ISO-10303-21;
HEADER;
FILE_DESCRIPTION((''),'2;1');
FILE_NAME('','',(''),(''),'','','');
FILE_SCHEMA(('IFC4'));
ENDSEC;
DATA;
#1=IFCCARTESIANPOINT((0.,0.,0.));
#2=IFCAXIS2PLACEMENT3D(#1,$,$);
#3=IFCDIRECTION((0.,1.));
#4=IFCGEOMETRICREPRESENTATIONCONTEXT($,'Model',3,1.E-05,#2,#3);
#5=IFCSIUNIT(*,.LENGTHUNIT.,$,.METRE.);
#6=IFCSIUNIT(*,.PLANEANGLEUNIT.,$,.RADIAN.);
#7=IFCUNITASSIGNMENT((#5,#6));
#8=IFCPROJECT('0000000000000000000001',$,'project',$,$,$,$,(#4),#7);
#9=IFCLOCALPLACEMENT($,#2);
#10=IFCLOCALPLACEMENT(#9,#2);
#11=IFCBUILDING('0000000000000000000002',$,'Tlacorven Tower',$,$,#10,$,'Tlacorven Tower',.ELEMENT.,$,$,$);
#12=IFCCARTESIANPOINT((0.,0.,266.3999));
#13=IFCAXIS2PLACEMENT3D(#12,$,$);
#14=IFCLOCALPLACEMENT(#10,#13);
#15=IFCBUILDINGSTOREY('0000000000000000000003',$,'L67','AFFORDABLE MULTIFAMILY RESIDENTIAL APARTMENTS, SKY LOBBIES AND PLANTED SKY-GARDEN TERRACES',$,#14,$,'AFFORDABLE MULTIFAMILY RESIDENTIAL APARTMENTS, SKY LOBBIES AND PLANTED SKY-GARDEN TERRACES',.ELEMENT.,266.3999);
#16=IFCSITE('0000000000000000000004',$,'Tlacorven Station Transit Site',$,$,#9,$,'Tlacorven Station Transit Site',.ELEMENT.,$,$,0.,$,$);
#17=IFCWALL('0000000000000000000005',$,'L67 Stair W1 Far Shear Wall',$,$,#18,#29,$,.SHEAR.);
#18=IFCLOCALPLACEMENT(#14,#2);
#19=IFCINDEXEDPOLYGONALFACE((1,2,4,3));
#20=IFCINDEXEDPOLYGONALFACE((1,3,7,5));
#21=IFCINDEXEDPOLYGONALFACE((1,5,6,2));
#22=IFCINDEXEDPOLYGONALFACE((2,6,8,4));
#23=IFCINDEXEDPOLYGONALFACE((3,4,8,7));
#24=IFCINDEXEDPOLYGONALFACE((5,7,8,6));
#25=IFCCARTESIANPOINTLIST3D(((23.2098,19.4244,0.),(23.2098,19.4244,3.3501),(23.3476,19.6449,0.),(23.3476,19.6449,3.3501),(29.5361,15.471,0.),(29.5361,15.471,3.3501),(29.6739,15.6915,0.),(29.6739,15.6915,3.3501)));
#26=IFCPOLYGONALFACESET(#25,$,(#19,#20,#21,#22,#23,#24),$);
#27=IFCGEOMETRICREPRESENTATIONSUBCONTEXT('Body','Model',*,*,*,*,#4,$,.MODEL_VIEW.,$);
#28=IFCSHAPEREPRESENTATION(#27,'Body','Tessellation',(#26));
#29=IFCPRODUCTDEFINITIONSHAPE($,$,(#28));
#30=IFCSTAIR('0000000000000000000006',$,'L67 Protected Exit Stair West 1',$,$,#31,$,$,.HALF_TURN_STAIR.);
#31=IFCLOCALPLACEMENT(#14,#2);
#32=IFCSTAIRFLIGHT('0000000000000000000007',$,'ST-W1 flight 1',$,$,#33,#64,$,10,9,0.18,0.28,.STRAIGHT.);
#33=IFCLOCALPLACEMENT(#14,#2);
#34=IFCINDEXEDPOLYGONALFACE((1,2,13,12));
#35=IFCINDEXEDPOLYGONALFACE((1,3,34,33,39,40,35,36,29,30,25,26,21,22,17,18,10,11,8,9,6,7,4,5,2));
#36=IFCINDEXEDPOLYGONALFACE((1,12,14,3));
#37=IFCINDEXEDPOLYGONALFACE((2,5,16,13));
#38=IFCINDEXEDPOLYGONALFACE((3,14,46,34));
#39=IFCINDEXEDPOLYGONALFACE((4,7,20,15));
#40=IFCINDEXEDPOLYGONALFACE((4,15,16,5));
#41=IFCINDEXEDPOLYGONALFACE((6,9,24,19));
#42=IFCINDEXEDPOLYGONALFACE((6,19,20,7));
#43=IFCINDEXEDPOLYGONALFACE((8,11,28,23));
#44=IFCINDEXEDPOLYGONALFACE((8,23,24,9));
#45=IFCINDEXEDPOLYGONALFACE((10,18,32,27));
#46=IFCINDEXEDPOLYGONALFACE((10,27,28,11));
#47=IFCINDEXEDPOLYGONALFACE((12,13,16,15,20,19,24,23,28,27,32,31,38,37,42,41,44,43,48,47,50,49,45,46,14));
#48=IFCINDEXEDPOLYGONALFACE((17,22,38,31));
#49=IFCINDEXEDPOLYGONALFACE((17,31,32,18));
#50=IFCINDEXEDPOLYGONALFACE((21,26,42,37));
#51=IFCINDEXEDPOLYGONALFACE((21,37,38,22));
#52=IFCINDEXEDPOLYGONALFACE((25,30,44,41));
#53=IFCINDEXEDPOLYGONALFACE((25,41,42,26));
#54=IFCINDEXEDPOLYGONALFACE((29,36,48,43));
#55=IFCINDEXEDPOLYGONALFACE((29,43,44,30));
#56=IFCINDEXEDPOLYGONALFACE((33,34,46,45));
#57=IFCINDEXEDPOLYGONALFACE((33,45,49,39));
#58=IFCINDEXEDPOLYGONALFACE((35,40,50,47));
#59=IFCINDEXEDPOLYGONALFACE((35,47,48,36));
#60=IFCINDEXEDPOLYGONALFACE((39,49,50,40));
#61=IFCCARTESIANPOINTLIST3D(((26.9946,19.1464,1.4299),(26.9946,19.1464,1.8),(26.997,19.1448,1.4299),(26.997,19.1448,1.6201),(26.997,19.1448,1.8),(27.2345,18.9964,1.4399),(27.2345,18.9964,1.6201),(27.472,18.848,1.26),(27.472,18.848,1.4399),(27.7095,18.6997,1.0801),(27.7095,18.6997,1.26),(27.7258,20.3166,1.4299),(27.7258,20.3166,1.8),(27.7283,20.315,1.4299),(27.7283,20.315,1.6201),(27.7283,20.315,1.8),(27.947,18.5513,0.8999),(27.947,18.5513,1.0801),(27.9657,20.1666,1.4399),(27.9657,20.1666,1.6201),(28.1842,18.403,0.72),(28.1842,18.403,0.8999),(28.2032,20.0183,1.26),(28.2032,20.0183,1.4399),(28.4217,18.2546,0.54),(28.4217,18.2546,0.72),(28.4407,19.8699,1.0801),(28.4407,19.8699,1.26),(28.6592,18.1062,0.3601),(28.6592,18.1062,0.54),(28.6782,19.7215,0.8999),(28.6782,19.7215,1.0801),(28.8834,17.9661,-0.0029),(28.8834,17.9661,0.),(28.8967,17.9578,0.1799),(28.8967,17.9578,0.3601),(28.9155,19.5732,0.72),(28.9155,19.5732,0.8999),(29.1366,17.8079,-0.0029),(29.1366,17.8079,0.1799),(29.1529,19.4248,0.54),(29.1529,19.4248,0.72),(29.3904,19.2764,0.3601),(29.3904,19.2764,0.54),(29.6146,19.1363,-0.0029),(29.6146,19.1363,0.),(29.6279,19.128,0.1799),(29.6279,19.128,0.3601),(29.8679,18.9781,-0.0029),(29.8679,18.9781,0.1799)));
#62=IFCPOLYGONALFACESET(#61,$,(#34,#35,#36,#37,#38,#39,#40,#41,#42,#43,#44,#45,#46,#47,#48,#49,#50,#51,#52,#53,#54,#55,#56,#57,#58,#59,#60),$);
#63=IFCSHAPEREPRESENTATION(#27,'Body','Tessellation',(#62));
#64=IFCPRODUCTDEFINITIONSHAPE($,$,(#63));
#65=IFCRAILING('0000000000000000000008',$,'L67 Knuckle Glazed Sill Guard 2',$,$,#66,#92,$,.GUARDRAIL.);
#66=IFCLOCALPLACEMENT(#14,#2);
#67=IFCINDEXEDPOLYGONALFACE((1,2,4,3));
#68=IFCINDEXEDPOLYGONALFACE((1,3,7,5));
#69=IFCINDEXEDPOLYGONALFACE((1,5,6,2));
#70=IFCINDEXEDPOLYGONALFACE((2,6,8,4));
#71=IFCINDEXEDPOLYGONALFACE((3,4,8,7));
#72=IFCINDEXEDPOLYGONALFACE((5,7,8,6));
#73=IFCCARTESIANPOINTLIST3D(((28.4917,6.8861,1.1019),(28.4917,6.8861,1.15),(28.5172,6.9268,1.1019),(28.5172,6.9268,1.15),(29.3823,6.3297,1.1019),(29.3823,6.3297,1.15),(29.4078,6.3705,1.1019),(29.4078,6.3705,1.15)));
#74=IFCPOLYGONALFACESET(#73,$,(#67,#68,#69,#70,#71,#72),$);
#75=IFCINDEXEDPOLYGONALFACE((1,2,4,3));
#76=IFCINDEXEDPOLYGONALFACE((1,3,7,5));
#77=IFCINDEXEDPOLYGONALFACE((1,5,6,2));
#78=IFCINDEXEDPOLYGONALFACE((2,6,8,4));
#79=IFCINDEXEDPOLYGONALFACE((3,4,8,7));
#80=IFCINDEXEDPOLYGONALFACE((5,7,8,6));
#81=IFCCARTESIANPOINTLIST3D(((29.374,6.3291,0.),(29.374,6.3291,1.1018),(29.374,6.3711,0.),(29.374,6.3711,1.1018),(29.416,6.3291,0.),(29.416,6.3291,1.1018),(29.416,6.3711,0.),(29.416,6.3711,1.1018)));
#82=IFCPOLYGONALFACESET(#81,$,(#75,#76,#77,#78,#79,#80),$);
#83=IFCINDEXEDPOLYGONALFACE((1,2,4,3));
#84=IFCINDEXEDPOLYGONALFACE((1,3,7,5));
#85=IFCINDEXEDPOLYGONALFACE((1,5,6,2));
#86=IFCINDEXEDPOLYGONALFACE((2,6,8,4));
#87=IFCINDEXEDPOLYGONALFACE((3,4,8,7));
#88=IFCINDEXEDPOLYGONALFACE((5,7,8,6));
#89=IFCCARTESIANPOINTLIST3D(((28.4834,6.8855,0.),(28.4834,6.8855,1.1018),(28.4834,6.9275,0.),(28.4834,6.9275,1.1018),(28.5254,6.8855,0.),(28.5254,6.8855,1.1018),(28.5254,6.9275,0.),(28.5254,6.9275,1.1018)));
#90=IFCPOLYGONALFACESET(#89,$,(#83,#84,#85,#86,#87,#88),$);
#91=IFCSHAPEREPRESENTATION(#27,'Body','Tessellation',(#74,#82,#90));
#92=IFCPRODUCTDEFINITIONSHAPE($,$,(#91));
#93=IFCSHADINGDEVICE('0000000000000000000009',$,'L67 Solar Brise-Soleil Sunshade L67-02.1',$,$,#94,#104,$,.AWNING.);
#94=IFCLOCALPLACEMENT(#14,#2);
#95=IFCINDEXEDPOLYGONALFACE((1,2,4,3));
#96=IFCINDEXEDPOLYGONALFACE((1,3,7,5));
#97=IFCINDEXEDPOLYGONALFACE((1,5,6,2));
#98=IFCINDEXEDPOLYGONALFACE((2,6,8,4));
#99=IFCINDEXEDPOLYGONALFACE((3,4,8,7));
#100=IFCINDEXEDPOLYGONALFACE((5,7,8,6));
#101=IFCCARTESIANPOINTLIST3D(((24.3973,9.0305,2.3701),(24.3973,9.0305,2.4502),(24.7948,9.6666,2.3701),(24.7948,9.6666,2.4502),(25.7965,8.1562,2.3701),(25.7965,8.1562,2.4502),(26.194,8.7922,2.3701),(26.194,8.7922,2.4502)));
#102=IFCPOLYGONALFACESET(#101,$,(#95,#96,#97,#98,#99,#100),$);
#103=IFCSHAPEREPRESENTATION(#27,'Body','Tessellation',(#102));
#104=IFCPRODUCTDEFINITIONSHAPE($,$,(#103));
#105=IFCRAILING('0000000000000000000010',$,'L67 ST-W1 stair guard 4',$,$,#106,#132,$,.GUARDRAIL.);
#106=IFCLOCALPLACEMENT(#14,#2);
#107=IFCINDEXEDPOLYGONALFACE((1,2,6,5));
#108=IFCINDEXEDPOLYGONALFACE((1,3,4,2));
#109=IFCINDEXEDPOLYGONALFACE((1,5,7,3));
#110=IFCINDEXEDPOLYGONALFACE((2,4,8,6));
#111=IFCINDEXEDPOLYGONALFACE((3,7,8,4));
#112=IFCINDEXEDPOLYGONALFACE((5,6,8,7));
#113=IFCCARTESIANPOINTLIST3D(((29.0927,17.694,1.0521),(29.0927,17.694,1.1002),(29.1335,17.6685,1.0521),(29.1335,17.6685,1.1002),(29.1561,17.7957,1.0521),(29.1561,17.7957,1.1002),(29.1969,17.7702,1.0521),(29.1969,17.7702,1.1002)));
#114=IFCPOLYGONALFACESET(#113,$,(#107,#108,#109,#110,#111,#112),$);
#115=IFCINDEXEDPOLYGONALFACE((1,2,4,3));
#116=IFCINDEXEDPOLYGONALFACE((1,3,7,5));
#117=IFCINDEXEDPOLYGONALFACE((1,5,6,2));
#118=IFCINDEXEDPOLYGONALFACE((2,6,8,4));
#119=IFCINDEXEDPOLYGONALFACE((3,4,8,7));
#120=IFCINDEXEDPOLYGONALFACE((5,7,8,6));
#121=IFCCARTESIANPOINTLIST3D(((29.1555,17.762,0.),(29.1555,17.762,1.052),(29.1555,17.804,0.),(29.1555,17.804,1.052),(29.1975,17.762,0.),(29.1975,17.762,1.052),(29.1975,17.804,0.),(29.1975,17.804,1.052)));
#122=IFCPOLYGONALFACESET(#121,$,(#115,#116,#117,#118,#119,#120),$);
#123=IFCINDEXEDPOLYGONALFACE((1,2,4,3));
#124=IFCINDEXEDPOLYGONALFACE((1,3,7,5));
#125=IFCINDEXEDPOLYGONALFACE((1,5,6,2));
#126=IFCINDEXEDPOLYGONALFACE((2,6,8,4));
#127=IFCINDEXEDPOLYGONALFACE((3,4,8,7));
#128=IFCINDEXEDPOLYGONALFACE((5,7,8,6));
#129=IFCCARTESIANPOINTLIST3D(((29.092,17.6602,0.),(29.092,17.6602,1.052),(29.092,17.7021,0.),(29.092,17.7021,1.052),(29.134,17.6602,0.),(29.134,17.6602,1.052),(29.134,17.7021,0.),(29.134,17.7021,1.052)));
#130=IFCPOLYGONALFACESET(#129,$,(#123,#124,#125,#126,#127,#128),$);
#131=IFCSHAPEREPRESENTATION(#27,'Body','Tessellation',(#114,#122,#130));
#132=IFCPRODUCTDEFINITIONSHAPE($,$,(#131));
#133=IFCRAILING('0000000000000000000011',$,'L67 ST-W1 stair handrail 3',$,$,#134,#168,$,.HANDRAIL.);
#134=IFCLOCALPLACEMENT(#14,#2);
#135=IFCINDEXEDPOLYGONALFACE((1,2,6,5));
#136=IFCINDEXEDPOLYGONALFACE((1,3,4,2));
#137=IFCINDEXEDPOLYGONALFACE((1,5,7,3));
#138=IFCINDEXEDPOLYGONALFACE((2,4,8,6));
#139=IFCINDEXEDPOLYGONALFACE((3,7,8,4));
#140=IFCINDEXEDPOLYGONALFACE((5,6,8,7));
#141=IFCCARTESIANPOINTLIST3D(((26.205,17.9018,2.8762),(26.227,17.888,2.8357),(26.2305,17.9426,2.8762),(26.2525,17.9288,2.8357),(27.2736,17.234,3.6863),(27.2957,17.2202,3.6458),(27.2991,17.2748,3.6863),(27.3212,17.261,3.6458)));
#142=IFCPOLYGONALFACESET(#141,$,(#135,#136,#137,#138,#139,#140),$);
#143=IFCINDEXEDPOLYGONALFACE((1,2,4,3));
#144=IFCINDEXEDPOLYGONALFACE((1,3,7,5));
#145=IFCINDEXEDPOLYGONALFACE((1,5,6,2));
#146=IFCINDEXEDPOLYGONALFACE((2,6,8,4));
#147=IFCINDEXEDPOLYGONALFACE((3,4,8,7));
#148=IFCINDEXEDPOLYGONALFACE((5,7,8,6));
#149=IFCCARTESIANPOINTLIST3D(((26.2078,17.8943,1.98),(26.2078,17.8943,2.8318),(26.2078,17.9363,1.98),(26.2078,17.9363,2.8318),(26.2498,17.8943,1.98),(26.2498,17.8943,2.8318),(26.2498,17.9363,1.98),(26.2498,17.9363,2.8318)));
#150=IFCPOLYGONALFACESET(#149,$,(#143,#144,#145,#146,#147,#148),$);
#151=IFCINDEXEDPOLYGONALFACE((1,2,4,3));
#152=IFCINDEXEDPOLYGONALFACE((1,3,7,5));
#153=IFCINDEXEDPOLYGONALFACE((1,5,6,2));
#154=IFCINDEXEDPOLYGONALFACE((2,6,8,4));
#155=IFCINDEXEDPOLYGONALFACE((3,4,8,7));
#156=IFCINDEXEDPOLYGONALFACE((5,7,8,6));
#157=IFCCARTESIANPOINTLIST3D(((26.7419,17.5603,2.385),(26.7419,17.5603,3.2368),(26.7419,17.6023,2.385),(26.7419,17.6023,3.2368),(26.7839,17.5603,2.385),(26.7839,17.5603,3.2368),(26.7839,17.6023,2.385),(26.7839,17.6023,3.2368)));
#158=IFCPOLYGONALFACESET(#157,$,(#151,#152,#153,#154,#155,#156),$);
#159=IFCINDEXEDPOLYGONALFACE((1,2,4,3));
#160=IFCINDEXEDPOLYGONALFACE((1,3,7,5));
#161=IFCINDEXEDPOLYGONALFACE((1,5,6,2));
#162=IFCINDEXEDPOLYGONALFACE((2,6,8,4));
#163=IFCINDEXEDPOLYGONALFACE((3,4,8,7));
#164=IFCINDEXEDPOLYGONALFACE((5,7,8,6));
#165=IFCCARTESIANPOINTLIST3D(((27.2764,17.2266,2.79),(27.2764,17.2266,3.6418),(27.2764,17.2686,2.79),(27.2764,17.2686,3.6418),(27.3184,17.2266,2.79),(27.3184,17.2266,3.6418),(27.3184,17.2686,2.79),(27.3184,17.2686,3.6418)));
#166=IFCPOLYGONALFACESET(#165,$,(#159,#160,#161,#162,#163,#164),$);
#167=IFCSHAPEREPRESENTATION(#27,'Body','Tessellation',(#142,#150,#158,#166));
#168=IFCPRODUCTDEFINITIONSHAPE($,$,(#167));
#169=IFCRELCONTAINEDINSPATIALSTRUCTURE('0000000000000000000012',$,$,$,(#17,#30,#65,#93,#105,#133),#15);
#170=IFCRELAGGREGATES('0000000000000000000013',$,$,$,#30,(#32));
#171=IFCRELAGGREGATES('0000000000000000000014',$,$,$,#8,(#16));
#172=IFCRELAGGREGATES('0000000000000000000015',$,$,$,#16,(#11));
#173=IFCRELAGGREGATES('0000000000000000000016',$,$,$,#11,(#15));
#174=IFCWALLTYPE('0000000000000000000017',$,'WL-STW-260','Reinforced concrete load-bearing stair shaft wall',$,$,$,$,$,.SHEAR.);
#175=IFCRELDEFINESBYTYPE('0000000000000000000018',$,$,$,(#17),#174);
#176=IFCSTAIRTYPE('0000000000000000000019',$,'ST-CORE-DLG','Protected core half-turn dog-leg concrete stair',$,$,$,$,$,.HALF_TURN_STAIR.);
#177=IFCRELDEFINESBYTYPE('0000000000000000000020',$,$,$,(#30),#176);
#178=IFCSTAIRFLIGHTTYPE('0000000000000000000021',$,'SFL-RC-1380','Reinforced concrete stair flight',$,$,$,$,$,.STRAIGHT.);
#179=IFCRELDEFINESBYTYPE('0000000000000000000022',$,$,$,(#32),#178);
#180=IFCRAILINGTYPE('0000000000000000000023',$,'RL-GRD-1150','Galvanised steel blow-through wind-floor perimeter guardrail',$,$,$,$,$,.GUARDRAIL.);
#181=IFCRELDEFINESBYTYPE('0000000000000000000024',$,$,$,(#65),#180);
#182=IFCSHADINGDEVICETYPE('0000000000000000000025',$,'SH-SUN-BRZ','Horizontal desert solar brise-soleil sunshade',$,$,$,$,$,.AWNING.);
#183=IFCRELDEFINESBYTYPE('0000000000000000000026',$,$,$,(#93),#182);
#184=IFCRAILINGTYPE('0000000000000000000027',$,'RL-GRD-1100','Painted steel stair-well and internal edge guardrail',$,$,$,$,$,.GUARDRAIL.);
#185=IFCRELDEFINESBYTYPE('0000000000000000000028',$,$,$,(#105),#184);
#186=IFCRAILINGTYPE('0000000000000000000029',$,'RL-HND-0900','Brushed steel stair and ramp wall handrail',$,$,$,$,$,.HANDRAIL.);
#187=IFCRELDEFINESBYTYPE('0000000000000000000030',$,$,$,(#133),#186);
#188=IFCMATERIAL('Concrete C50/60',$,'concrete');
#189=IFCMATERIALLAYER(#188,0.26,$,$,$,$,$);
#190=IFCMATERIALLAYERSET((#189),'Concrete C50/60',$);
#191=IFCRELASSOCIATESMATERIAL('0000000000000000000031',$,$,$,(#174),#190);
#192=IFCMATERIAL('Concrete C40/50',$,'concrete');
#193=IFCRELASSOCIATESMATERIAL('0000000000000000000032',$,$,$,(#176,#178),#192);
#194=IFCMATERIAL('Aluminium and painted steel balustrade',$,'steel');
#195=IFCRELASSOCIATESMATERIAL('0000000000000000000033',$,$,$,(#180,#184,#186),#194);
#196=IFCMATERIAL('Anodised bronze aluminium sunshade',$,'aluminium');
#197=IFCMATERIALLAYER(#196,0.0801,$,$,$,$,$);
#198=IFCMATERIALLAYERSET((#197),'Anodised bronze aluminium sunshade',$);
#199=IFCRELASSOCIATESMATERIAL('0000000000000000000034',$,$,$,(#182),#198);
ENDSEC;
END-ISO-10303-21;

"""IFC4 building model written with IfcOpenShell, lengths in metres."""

from ifc_helpers import new_model, si_unit, direction, frame, frame_2d, origin, origin_2d, place, context, subcontext, project, spatial, polyline, rectangle, outline, extrude, source, transform, mapped, material, layer, layer_set, type_object, element, aggregate, save


model = new_model("IFC4")

# Units and contexts
model_context = context("Model", 3, precision=1e-05, world=origin(), true_north=direction((0.0, 1.0)))
body_context = subcontext(model_context, "Body", "Model", "MODEL_VIEW")
ifc_project = project(units=[si_unit("LENGTHUNIT", "METRE"), si_unit("PLANEANGLEUNIT", "RADIAN")], contexts=[model_context])

# Site, building, storey
site_placement = place(None, origin())
site = spatial("IfcSite", under=ifc_project, at=site_placement, Name="Tlacorven Station Transit Site", LongName="Tlacorven Station Transit Site", CompositionType="ELEMENT", RefElevation=0.0)
building_placement = place(site_placement, origin())
building = spatial("IfcBuilding", under=site, at=building_placement, Name="Tlacorven Tower", LongName="Tlacorven Tower", CompositionType="ELEMENT")
storey_placement = place(building_placement, frame((0.0, 0.0, 266.3999)))
storey = spatial("IfcBuildingStorey", under=building, at=storey_placement, Name="L67", Description="AFFORDABLE MULTIFAMILY RESIDENTIAL APARTMENTS, SKY LOBBIES AND PLANTED SKY-GARDEN TERRACES", LongName="AFFORDABLE MULTIFAMILY RESIDENTIAL APARTMENTS, SKY LOBBIES AND PLANTED SKY-GARDEN TERRACES", CompositionType="ELEMENT", Elevation=266.3999)

# Wall
ifc_material_1 = material(Name="Concrete C50/60", Category="concrete")
ifc_layer_1 = layer(ifc_material_1, 0.26)
ifc_layer_set_1 = layer_set([ifc_layer_1], Name="Concrete C50/60")
wall_type_1 = type_object("IfcWallType", Name="WL-STW-260", Description="Reinforced concrete load-bearing stair shaft wall", PredefinedType="SHEAR", material=ifc_layer_set_1)
wall_1_placement = place(storey_placement, frame((29.605, 15.5813, 0.0), z_axis=(0.0, 0.0, 1.0), x_axis=(-0.848037, 0.529937, 0.0)))
element("IfcWall", 1, at=wall_1_placement, inside=storey, type_object=wall_type_1, Name="L67 Stair W1 Far Shear Wall", PredefinedType="SHEAR", context=body_context, shape_type="SweptSolid", body=[
    extrude(rectangle(XDim=7.46, YDim=0.26, at=frame_2d((3.73, 0.0))), origin(), (0.0, 0.0, 1.0), 3.3501),
])

# Stair, stair flight
ifc_material_2 = material(Name="Concrete C40/50", Category="concrete")
stair_type = type_object("IfcStairType", Name="ST-CORE-DLG", Description="Protected core half-turn dog-leg concrete stair", PredefinedType="HALF_TURN_STAIR", material=ifc_material_2)
stair_placement = place(storey_placement, origin())
stair = element("IfcStair", 2, at=stair_placement, inside=storey, type_object=stair_type, Name="L67 Protected Exit Stair West 1", PredefinedType="HALF_TURN_STAIR")
stair_flight_type = type_object("IfcStairFlightType", Name="SFL-RC-1380", Description="Reinforced concrete stair flight", PredefinedType="STRAIGHT", material=ifc_material_2)
shared_shape_1 = source(origin(), body_context, "Body", "SweptSolid", [
    extrude(outline(polyline([(-0.0029, -0.0029), (-0.0029, 0.1799), (0.28, 0.1799), (0.28, 0.3601), (0.5601, 0.3601), (0.5601, 0.54), (0.8401, 0.54), (0.8401, 0.72), (1.1201, 0.72), (1.1201, 0.8999), (1.3999, 0.8999), (1.3999, 1.0801), (1.6799, 1.0801), (1.6799, 1.26), (1.96, 1.26), (1.96, 1.4399), (2.24, 1.4399), (2.24, 1.6201), (2.52, 1.6201), (2.52, 1.8), (2.5229, 1.8), (2.5229, 1.4299), (2.52, 1.4299), (0.2957, 0.0), (0.2957, -0.0029), (-0.0029, -0.0029)])), frame((0.0, 0.6899, 0.0), z_axis=(0.0, -1.0, 0.0), x_axis=(1.0, 0.0, 0.0)), (0.0, 0.0, 1.0), 1.3799),
])
stair_flight_placement = place(storey_placement, frame((29.4998, 18.3945, 0.0), z_axis=(0.0, 0.0, 1.0), x_axis=(-0.848048, 0.529919, 0.0)))
stair_flight = element("IfcStairFlight", 3, at=stair_flight_placement, type_object=stair_flight_type, Name="ST-W1 flight 1", NumberOfRisers=10, NumberOfTreads=9, PredefinedType="STRAIGHT", RiserHeight=0.18, TreadLength=0.28, context=body_context, shape_type="MappedRepresentation", body=[
    mapped(shared_shape_1, transform((0.0, 0.0, 0.0), scale=1.0)),
])
aggregate(stair, [stair_flight])

# Railing
ifc_material_3 = material(Name="Aluminium and painted steel balustrade", Category="steel")
railing_type_1 = type_object("IfcRailingType", Name="RL-GRD-1150", Description="Galvanised steel blow-through wind-floor perimeter guardrail", PredefinedType="GUARDRAIL", material=ifc_material_3)
shared_shape_2 = source(origin(), body_context, "Body", "SweptSolid", [
    extrude(rectangle(XDim=0.0481, YDim=0.0481, at=origin_2d()), frame((0.0, 0.0, 1.126), z_axis=(-0.848103, 0.529832, 0.0), x_axis=(-0.529832, -0.848103, 0.0)), (0.0, 0.0, 1.0), 1.05),
    extrude(rectangle(XDim=0.042, YDim=0.042, at=origin_2d()), origin(), (0.0, 0.0, 1.0), 1.1018),
    extrude(rectangle(XDim=0.042, YDim=0.042, at=origin_2d()), frame((-0.8906, 0.5564, 0.0)), (0.0, 0.0, 1.0), 1.1018),
])
railing_1_placement = place(storey_placement, frame((29.395, 6.3501, 0.0)))
element("IfcRailing", 4, at=railing_1_placement, inside=storey, type_object=railing_type_1, Name="L67 Knuckle Glazed Sill Guard 2", PredefinedType="GUARDRAIL", context=body_context, shape_type="MappedRepresentation", body=[
    mapped(shared_shape_2, transform((0.0, 0.0, 0.0), scale=1.0)),
])

# Shading device
ifc_material_4 = material(Name="Anodised bronze aluminium sunshade", Category="aluminium")
ifc_layer_2 = layer(ifc_material_4, 0.0801)
ifc_layer_set_2 = layer_set([ifc_layer_2], Name="Anodised bronze aluminium sunshade")
shading_device_type = type_object("IfcShadingDeviceType", Name="SH-SUN-BRZ", Description="Horizontal desert solar brise-soleil sunshade", PredefinedType="AWNING", material=ifc_layer_set_2)
shared_shape_3 = source(origin(), body_context, "Body", "SweptSolid", [
    extrude(rectangle(XDim=1.6499, YDim=0.75, at=origin_2d()), origin(), (0.0, 0.0, 1.0), 0.0801),
])
shading_device_placement = place(storey_placement, frame((25.2957, 8.9114, 2.3701), z_axis=(0.0, 0.0, 1.0), x_axis=(-0.848048, 0.529919, 0.0)))
element("IfcShadingDevice", 5, at=shading_device_placement, inside=storey, type_object=shading_device_type, Name="L67 Solar Brise-Soleil Sunshade L67-02.1", PredefinedType="AWNING", context=body_context, shape_type="MappedRepresentation", body=[
    mapped(shared_shape_3, transform((0.0, 0.0, 0.0), scale=1.0)),
])

# Railings
railing_type_2 = type_object("IfcRailingType", Name="RL-GRD-1100", Description="Painted steel stair-well and internal edge guardrail", PredefinedType="GUARDRAIL", material=ifc_material_3)
shared_shape_4 = source(origin(), body_context, "Body", "SweptSolid", [
    extrude(rectangle(XDim=0.0481, YDim=0.0481, at=origin_2d()), frame((0.0, 0.0, 1.0762), z_axis=(-0.529084, -0.848569, 0.0), x_axis=(0.848569, -0.529084, 0.0)), (0.0, 0.0, 1.0), 0.1199),
    extrude(rectangle(XDim=0.042, YDim=0.042, at=origin_2d()), origin(), (0.0, 0.0, 1.0), 1.052),
    extrude(rectangle(XDim=0.042, YDim=0.042, at=origin_2d()), frame((-0.0635, -0.1018, 0.0)), (0.0, 0.0, 1.0), 1.052),
])
railing_2_placement = place(storey_placement, frame((29.1765, 17.783, 0.0)))
element("IfcRailing", 6, at=railing_2_placement, inside=storey, type_object=railing_type_2, Name="L67 ST-W1 stair guard 4", PredefinedType="GUARDRAIL", context=body_context, shape_type="MappedRepresentation", body=[
    mapped(shared_shape_4, transform((0.0, 0.0, 0.0), scale=1.0)),
])
railing_type_3 = type_object("IfcRailingType", Name="RL-HND-0900", Description="Brushed steel stair and ramp wall handrail", PredefinedType="HANDRAIL", material=ifc_material_3)
shared_shape_5 = source(origin(), body_context, "Body", "SweptSolid", [
    extrude(rectangle(XDim=0.0481, YDim=0.0481, at=origin_2d()), frame((0.0, 0.0, 0.876), z_axis=(0.71336, -0.445748, 0.540765), x_axis=(0.529912, 0.848053, 0.0)), (0.0, 0.0, 1.0), 1.498),
    extrude(rectangle(XDim=0.042, YDim=0.042, at=origin_2d()), origin(), (0.0, 0.0, 1.0), 0.8518),
    extrude(rectangle(XDim=0.042, YDim=0.042, at=origin_2d()), frame((0.5342, -0.334, 0.405)), (0.0, 0.0, 1.0), 0.8518),
    extrude(rectangle(XDim=0.042, YDim=0.042, at=origin_2d()), frame((1.0686, -0.6677, 0.8101)), (0.0, 0.0, 1.0), 0.8518),
])
railing_3_placement = place(storey_placement, frame((26.2288, 17.9153, 1.98)))
element("IfcRailing", 7, at=railing_3_placement, inside=storey, type_object=railing_type_3, Name="L67 ST-W1 stair handrail 3", PredefinedType="HANDRAIL", context=body_context, shape_type="MappedRepresentation", body=[
    mapped(shared_shape_5, transform((0.0, 0.0, 0.0), scale=1.0)),
])

save(model, "model.ifc")
